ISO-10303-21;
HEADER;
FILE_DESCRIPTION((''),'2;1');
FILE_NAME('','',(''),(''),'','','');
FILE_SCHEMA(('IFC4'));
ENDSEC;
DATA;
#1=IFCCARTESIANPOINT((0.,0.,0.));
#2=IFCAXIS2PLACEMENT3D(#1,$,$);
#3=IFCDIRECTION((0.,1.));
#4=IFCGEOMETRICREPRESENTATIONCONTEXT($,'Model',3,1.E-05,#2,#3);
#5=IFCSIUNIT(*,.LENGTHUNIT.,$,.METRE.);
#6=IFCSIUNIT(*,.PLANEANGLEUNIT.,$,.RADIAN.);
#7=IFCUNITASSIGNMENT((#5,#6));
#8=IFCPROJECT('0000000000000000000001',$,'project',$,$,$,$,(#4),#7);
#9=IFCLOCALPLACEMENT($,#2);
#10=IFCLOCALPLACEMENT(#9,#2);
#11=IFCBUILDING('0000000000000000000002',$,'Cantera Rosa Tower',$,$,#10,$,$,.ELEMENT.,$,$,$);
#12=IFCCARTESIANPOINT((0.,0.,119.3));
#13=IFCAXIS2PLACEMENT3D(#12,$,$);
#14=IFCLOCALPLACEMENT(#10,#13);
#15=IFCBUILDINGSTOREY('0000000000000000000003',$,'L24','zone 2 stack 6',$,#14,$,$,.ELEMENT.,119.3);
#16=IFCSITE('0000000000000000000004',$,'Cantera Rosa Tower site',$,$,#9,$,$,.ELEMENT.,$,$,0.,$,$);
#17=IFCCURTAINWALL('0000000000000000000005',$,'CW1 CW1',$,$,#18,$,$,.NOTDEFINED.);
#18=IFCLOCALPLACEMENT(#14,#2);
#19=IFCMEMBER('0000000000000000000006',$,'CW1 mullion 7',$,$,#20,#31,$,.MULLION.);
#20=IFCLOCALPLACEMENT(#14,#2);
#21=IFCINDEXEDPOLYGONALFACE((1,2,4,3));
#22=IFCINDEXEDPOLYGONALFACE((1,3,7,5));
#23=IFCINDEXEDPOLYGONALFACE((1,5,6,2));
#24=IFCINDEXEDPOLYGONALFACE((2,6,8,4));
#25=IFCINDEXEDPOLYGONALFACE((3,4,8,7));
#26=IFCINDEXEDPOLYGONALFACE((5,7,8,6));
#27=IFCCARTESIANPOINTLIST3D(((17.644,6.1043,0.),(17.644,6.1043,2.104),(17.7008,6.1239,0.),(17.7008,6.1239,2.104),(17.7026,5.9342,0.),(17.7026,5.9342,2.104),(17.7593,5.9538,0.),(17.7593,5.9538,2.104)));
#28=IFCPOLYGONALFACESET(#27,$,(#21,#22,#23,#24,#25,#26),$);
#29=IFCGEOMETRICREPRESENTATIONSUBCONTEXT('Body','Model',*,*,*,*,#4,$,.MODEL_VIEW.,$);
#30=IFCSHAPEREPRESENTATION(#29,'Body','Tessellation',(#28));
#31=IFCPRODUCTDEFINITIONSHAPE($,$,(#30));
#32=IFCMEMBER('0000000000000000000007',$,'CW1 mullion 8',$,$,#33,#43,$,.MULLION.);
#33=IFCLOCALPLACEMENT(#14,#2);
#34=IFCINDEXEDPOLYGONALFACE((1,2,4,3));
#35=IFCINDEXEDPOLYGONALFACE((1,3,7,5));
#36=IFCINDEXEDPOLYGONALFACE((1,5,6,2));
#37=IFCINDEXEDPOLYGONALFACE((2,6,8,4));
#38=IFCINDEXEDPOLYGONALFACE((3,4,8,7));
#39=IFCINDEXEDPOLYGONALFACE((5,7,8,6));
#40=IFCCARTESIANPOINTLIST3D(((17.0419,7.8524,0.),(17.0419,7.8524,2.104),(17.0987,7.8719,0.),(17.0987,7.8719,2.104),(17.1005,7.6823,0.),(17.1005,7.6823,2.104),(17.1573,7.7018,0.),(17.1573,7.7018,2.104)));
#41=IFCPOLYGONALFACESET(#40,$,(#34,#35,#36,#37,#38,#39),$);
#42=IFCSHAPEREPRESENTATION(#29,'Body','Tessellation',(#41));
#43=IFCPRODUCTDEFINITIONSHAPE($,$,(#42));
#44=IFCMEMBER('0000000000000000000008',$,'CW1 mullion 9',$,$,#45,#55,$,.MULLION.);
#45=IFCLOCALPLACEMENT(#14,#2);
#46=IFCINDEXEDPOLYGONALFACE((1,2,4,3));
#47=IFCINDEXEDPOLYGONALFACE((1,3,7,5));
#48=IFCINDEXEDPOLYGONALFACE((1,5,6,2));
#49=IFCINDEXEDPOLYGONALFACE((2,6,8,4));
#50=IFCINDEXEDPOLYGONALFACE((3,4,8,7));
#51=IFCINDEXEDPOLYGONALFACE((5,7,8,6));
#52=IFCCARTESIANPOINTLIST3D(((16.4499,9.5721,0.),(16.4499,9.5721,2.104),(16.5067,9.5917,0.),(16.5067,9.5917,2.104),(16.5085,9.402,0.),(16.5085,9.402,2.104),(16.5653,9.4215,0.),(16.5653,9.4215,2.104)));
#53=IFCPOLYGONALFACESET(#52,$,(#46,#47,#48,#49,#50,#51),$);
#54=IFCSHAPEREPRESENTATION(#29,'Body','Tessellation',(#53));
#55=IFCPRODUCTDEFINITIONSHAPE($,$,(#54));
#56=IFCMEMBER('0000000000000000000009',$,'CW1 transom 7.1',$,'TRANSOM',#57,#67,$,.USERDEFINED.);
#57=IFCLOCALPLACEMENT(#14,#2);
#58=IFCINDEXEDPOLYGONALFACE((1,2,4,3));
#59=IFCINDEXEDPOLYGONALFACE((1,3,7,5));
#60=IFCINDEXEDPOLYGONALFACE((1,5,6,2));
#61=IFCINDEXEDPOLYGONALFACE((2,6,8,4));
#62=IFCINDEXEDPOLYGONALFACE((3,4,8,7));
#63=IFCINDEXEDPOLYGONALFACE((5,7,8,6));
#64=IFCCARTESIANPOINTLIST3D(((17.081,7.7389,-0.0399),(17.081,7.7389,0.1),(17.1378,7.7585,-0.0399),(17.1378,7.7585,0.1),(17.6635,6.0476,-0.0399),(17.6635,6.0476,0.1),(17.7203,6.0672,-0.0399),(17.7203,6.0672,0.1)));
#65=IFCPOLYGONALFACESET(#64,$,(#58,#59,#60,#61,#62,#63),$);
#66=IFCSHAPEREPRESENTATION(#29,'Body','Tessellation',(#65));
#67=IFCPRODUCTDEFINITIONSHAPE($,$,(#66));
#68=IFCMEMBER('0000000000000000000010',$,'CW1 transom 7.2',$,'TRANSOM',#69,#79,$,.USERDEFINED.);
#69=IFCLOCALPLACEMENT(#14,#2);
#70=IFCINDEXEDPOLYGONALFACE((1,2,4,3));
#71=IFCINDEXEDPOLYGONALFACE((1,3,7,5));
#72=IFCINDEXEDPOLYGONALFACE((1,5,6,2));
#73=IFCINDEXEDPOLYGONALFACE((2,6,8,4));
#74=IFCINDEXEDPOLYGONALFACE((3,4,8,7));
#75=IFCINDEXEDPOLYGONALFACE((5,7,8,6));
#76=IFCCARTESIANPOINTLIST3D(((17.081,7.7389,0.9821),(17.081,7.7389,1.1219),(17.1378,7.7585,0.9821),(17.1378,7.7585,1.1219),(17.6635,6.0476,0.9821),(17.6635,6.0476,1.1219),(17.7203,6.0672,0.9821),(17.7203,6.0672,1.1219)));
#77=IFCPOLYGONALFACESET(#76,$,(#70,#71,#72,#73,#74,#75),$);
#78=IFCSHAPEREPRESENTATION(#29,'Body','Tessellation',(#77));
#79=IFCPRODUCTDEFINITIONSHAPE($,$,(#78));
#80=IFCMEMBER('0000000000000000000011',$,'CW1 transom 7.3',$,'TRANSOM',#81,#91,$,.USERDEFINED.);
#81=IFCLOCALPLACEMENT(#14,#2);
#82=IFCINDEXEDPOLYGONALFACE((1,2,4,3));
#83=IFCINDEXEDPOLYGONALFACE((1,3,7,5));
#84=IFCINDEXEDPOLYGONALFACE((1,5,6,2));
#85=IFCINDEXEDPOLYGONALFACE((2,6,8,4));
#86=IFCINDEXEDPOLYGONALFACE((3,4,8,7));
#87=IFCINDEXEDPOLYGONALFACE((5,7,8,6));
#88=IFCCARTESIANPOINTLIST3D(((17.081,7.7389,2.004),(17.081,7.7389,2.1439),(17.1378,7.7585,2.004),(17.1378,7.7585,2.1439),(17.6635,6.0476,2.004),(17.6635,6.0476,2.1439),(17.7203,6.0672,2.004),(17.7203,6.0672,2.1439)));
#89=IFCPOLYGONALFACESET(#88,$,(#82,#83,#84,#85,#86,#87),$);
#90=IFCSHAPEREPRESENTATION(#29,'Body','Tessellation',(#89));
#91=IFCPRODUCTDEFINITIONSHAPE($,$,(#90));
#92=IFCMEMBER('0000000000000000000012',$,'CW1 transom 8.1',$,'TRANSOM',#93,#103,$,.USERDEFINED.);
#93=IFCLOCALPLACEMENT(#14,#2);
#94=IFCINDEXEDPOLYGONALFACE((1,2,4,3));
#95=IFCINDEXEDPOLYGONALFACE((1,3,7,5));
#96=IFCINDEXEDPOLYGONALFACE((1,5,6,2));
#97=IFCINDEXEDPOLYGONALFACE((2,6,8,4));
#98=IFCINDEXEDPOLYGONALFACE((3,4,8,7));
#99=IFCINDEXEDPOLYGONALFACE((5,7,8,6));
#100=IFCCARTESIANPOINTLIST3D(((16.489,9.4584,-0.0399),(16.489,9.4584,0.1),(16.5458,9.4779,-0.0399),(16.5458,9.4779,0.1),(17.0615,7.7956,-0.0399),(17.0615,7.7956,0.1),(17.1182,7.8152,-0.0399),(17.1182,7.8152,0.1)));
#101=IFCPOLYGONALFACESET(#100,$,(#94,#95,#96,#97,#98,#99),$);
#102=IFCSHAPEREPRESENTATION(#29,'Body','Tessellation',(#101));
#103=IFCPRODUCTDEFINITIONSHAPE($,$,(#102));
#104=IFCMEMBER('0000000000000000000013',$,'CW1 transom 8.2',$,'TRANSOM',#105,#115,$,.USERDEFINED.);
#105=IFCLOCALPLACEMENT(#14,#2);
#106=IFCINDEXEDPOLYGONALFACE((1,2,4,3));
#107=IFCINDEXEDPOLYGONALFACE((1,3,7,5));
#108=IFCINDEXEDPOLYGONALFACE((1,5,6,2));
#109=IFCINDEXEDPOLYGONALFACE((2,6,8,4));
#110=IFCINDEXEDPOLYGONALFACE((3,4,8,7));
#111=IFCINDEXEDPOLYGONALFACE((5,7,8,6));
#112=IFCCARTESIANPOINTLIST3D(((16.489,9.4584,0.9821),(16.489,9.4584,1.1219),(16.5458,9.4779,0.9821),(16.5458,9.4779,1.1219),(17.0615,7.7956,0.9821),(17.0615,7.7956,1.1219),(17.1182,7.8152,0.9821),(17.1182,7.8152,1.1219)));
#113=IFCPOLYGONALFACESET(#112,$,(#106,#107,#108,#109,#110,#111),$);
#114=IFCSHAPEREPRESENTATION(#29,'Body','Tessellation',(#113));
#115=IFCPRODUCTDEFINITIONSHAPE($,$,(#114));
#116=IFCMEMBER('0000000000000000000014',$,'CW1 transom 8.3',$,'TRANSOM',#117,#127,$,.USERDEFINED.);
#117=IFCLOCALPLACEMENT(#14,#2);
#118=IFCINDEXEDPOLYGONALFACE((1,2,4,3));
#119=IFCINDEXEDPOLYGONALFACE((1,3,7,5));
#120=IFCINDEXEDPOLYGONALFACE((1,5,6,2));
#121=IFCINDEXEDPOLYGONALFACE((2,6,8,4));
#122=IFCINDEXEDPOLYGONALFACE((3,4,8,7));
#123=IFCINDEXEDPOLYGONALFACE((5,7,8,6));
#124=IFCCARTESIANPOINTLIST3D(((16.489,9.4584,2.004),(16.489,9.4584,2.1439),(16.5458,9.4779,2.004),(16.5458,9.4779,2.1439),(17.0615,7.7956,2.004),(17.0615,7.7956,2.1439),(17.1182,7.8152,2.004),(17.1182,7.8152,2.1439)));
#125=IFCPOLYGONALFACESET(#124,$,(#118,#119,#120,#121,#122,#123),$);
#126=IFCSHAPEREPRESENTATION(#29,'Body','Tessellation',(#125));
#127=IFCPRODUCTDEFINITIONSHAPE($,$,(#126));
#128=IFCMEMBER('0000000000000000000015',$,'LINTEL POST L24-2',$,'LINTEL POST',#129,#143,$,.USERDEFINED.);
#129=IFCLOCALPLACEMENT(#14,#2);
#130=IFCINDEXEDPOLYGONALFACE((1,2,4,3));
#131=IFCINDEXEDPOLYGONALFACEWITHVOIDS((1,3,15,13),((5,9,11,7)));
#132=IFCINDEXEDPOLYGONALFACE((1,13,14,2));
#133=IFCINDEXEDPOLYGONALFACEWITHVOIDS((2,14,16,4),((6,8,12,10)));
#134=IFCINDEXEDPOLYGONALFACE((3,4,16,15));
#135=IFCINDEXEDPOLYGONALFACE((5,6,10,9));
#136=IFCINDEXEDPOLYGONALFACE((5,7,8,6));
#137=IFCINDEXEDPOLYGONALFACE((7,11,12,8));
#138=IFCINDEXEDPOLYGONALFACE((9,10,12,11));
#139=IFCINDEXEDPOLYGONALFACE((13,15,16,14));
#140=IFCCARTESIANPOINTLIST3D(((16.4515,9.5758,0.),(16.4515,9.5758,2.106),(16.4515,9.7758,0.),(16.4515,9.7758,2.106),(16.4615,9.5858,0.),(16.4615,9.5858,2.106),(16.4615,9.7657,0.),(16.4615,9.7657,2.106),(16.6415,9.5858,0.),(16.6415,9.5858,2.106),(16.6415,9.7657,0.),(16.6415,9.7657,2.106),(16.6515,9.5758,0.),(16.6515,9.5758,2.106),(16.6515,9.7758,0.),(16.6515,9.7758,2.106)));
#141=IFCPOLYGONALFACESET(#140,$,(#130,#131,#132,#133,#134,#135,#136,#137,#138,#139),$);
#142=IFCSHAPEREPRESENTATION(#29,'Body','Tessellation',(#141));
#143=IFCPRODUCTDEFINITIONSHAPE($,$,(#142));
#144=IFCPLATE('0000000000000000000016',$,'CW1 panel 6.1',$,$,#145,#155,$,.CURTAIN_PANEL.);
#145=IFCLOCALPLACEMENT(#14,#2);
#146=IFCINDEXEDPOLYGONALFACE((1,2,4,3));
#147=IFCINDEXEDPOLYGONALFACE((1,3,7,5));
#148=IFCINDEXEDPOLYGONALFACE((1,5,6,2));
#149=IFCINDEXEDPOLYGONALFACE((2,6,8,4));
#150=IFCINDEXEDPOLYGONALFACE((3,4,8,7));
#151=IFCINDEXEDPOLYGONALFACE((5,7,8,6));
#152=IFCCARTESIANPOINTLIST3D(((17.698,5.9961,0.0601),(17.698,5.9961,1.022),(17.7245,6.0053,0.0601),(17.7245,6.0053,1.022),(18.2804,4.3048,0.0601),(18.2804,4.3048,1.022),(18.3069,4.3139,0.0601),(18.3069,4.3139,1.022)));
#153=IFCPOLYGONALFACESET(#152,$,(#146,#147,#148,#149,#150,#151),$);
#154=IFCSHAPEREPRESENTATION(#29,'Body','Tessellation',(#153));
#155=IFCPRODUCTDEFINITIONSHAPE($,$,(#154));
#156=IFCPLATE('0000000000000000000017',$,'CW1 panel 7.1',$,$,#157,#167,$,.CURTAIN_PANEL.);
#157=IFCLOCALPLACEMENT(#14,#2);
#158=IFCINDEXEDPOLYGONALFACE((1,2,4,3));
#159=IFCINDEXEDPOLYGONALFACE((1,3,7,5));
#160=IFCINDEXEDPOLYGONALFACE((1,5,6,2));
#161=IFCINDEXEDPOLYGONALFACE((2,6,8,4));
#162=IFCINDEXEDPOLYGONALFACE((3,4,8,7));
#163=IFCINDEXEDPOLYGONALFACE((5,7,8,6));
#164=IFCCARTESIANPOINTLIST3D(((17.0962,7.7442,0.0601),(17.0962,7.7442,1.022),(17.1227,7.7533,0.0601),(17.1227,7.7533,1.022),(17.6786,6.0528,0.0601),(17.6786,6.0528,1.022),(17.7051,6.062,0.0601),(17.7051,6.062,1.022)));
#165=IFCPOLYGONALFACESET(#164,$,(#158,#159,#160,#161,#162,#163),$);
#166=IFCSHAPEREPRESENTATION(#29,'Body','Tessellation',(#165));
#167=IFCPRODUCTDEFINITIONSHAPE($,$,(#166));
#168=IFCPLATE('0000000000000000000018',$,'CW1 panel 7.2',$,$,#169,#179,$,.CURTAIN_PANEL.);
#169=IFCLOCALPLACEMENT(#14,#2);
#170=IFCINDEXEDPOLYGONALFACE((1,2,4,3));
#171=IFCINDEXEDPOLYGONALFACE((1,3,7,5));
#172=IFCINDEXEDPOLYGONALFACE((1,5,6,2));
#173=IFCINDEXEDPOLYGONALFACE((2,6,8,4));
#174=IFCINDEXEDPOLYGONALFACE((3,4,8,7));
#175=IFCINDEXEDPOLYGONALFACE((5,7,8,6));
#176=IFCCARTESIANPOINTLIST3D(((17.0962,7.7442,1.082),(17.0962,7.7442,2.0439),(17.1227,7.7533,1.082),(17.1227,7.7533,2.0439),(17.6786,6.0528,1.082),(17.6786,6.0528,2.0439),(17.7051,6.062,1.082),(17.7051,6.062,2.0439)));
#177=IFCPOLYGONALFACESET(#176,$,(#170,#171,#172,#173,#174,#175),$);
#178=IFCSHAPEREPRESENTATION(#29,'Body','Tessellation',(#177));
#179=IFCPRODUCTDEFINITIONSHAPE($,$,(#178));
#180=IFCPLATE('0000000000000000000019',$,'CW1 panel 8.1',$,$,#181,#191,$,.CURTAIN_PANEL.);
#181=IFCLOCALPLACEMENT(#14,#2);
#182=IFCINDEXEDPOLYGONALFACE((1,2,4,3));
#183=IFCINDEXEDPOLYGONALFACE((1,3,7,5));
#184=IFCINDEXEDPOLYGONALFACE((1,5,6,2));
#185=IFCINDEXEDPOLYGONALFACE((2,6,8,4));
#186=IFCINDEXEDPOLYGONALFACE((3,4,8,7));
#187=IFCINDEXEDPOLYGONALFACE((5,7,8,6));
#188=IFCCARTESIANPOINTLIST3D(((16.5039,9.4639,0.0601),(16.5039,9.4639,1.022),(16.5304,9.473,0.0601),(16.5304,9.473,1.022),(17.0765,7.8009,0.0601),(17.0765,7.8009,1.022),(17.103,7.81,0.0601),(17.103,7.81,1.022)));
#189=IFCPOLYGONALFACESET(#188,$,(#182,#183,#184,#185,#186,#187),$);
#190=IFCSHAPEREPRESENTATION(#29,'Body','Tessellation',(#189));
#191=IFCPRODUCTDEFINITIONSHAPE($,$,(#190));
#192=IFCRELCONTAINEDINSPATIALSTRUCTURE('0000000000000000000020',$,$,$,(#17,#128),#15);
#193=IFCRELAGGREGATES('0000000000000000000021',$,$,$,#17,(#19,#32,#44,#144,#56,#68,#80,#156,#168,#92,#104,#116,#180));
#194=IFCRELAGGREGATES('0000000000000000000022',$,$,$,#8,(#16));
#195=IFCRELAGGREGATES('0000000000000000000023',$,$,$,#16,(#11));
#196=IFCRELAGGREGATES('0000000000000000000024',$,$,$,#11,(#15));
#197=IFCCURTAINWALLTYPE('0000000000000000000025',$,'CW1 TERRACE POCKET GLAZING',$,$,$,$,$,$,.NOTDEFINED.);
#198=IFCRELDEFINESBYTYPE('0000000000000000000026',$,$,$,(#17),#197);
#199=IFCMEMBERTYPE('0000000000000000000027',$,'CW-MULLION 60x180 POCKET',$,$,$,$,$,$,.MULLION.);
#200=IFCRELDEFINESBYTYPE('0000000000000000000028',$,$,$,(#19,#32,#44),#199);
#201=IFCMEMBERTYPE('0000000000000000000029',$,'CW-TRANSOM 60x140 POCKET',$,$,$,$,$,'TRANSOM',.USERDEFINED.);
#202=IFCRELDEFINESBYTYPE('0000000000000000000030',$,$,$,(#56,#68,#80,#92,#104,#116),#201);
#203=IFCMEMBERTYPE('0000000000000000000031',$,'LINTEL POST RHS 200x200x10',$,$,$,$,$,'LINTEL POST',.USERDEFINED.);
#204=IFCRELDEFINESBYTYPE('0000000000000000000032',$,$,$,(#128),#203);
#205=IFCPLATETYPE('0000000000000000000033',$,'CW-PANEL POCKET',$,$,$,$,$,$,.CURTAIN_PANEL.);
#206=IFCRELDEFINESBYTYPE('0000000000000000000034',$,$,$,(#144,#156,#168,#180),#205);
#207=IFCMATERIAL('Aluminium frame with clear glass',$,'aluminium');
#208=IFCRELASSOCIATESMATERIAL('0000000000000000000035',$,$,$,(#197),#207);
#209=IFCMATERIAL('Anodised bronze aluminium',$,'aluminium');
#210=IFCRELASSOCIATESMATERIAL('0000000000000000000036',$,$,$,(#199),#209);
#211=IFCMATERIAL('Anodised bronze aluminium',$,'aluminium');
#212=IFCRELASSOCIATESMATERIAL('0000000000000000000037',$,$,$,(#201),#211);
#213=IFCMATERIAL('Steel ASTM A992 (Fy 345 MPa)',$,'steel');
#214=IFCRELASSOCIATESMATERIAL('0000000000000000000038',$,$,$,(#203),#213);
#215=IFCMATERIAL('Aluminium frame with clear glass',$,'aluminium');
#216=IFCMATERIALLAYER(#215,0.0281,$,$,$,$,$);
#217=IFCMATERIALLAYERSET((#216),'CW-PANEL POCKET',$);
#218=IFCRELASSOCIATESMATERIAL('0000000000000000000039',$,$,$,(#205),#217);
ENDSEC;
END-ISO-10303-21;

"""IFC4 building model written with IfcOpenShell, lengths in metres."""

from ifc_helpers import new_model, si_unit, direction, frame, origin, origin_2d, place, context, subcontext, project, spatial, rectangle, hollow_rectangle, extrude, material, layer, layer_set, material_profile, profile_set, type_object, element, aggregate, save


model = new_model("IFC4")

# Units and contexts
model_context = context("Model", 3, precision=1e-05, world=origin(), true_north=direction((0.0, 1.0)))
body_context = subcontext(model_context, "Body", "Model", "MODEL_VIEW")
ifc_project = project(units=[si_unit("LENGTHUNIT", "METRE"), si_unit("PLANEANGLEUNIT", "RADIAN")], contexts=[model_context])

# Site, building, storey
site_placement = place(None, origin())
site = spatial("IfcSite", under=ifc_project, at=site_placement, Name="Cantera Rosa Tower site", CompositionType="ELEMENT", RefElevation=0.0)
building_placement = place(site_placement, origin())
building = spatial("IfcBuilding", under=site, at=building_placement, Name="Cantera Rosa Tower", CompositionType="ELEMENT")
storey_placement = place(building_placement, frame((0.0, 0.0, 119.3)))
storey = spatial("IfcBuildingStorey", under=building, at=storey_placement, Name="L24", Description="zone 2 stack 6", CompositionType="ELEMENT", Elevation=119.3)

# Curtain wall, members
ifc_material_1 = material(Name="Aluminium frame with clear glass", Category="aluminium")
curtain_wall_type = type_object("IfcCurtainWallType", Name="CW1 TERRACE POCKET GLAZING", PredefinedType="NOTDEFINED", material=ifc_material_1)
curtain_wall_placement = place(storey_placement, origin())
curtain_wall = element("IfcCurtainWall", 1, at=curtain_wall_placement, inside=storey, type_object=curtain_wall_type, Name="CW1 CW1", PredefinedType="NOTDEFINED")
ifc_material_2 = material(Name="Anodised bronze aluminium", Category="aluminium")
ifc_material_profile_1 = material_profile(ifc_material_2, rectangle(XDim=0.0601, YDim=0.1799, at=origin_2d()), Name="CW-MULLION 60x180 POCKET")
ifc_profile_set_1 = profile_set([ifc_material_profile_1], Name="Anodised bronze aluminium")
member_type_1 = type_object("IfcMemberType", Name="CW-MULLION 60x180 POCKET", PredefinedType="MULLION", material=ifc_profile_set_1)
member_1_placement = place(storey_placement, frame((17.7017, 6.0291, 0.0), z_axis=(0.0, 0.0, 1.0), x_axis=(-0.945519, -0.325568, 0.0)))
member_1 = element("IfcMember", 2, at=member_1_placement, type_object=member_type_1, Name="CW1 mullion 7", PredefinedType="MULLION", context=body_context, shape_type="SweptSolid", body=[
    extrude(rectangle(XDim=0.0601, YDim=0.1799, at=origin_2d()), origin(), (0.0, 0.0, 1.0), 2.104),
])
member_2_placement = place(storey_placement, frame((17.0996, 7.7771, 0.0), z_axis=(0.0, 0.0, 1.0), x_axis=(-0.945519, -0.325568, 0.0)))
member_2 = element("IfcMember", 3, at=member_2_placement, type_object=member_type_1, Name="CW1 mullion 8", PredefinedType="MULLION", context=body_context, shape_type="SweptSolid", body=[
    extrude(rectangle(XDim=0.0601, YDim=0.1799, at=origin_2d()), origin(), (0.0, 0.0, 1.0), 2.104),
])
member_3_placement = place(storey_placement, frame((16.5076, 9.4968, 0.0), z_axis=(0.0, 0.0, 1.0), x_axis=(-0.945519, -0.325568, 0.0)))
member_3 = element("IfcMember", 4, at=member_3_placement, type_object=member_type_1, Name="CW1 mullion 9", PredefinedType="MULLION", context=body_context, shape_type="SweptSolid", body=[
    extrude(rectangle(XDim=0.0601, YDim=0.1799, at=origin_2d()), origin(), (0.0, 0.0, 1.0), 2.104),
])
ifc_material_3 = material(Name="Anodised bronze aluminium", Category="aluminium")
ifc_material_profile_2 = material_profile(ifc_material_3, rectangle(XDim=0.0601, YDim=0.1399, at=origin_2d()), Name="CW-TRANSOM 60x140 POCKET")
ifc_profile_set_2 = profile_set([ifc_material_profile_2], Name="Anodised bronze aluminium")
member_type_2 = type_object("IfcMemberType", Name="CW-TRANSOM 60x140 POCKET", ElementType="TRANSOM", PredefinedType="USERDEFINED", material=ifc_profile_set_2)
member_4_placement = place(storey_placement, frame((17.6919, 6.0574, 0.03), z_axis=(-0.325629, 0.945498, 0.0), x_axis=(-0.945498, -0.325629, 0.0)))
member_4 = element("IfcMember", 5, at=member_4_placement, type_object=member_type_2, Name="CW1 transom 7.1", ObjectType="TRANSOM", PredefinedType="USERDEFINED", context=body_context, shape_type="SweptSolid", body=[
    extrude(rectangle(XDim=0.0601, YDim=0.1399, at=origin_2d()), origin(), (0.0, 0.0, 1.0), 1.7888),
])
member_5_placement = place(storey_placement, frame((17.6919, 6.0574, 1.052), z_axis=(-0.325629, 0.945498, 0.0), x_axis=(-0.945498, -0.325629, 0.0)))
member_5 = element("IfcMember", 6, at=member_5_placement, type_object=member_type_2, Name="CW1 transom 7.2", ObjectType="TRANSOM", PredefinedType="USERDEFINED", context=body_context, shape_type="SweptSolid", body=[
    extrude(rectangle(XDim=0.0601, YDim=0.1399, at=origin_2d()), origin(), (0.0, 0.0, 1.0), 1.7888),
])
member_6_placement = place(storey_placement, frame((17.6919, 6.0574, 2.074), z_axis=(-0.325629, 0.945498, 0.0), x_axis=(-0.945498, -0.325629, 0.0)))
member_6 = element("IfcMember", 7, at=member_6_placement, type_object=member_type_2, Name="CW1 transom 7.3", ObjectType="TRANSOM", PredefinedType="USERDEFINED", context=body_context, shape_type="SweptSolid", body=[
    extrude(rectangle(XDim=0.0601, YDim=0.1399, at=origin_2d()), origin(), (0.0, 0.0, 1.0), 1.7888),
])
member_7_placement = place(storey_placement, frame((17.0898, 7.8054, 0.03), z_axis=(-0.325541, 0.945528, 0.0), x_axis=(-0.945528, -0.325541, 0.0)))
member_7 = element("IfcMember", 8, at=member_7_placement, type_object=member_type_2, Name="CW1 transom 8.1", ObjectType="TRANSOM", PredefinedType="USERDEFINED", context=body_context, shape_type="SweptSolid", body=[
    extrude(rectangle(XDim=0.0601, YDim=0.1399, at=origin_2d()), origin(), (0.0, 0.0, 1.0), 1.7585),
])
member_8_placement = place(storey_placement, frame((17.0898, 7.8054, 1.052), z_axis=(-0.325541, 0.945528, 0.0), x_axis=(-0.945528, -0.325541, 0.0)))
member_8 = element("IfcMember", 9, at=member_8_placement, type_object=member_type_2, Name="CW1 transom 8.2", ObjectType="TRANSOM", PredefinedType="USERDEFINED", context=body_context, shape_type="SweptSolid", body=[
    extrude(rectangle(XDim=0.0601, YDim=0.1399, at=origin_2d()), origin(), (0.0, 0.0, 1.0), 1.7585),
])
member_9_placement = place(storey_placement, frame((17.0898, 7.8054, 2.074), z_axis=(-0.325541, 0.945528, 0.0), x_axis=(-0.945528, -0.325541, 0.0)))
member_9 = element("IfcMember", 10, at=member_9_placement, type_object=member_type_2, Name="CW1 transom 8.3", ObjectType="TRANSOM", PredefinedType="USERDEFINED", context=body_context, shape_type="SweptSolid", body=[
    extrude(rectangle(XDim=0.0601, YDim=0.1399, at=origin_2d()), origin(), (0.0, 0.0, 1.0), 1.7585),
])

# Member
ifc_material_4 = material(Name="Steel ASTM A992 (Fy 345 MPa)", Category="steel")
ifc_material_profile_3 = material_profile(ifc_material_4, hollow_rectangle(XDim=0.2, YDim=0.2, WallThickness=0.01, at=origin_2d()), Name="LINTEL POST RHS 200x200x10")
ifc_profile_set_3 = profile_set([ifc_material_profile_3], Name="Steel ASTM A992 (Fy 345 MPa)")
member_type_3 = type_object("IfcMemberType", Name="LINTEL POST RHS 200x200x10", ElementType="LINTEL POST", PredefinedType="USERDEFINED", material=ifc_profile_set_3)
member_10_placement = place(storey_placement, frame((16.5515, 9.6758, 0.0), z_axis=(0.0, 0.0, 1.0), x_axis=(1.0, 0.0, 0.0)))
element("IfcMember", 11, at=member_10_placement, inside=storey, type_object=member_type_3, Name="LINTEL POST L24-2", ObjectType="LINTEL POST", PredefinedType="USERDEFINED", context=body_context, shape_type="SweptSolid", body=[
    extrude(hollow_rectangle(XDim=0.2, YDim=0.2, WallThickness=0.01, at=origin_2d()), origin(), (0.0, 0.0, 1.0), 2.106),
])

# Plates
ifc_material_5 = material(Name="Aluminium frame with clear glass", Category="aluminium")
ifc_layer_1 = layer(ifc_material_5, 0.0281)
ifc_layer_set_1 = layer_set([ifc_layer_1], Name="CW-PANEL POCKET")
plate_type = type_object("IfcPlateType", Name="CW-PANEL POCKET", PredefinedType="CURTAIN_PANEL", material=ifc_layer_set_1)
plate_1_placement = place(storey_placement, frame((18.0024, 5.155, 0.0601), z_axis=(0.0, 0.0, 1.0), x_axis=(-0.325568, 0.945519, 0.0)))
plate_1 = element("IfcPlate", 12, at=plate_1_placement, type_object=plate_type, Name="CW1 panel 6.1", PredefinedType="CURTAIN_PANEL", context=body_context, shape_type="SweptSolid", body=[
    extrude(rectangle(XDim=1.7888, YDim=0.0281, at=origin_2d()), origin(), (0.0, 0.0, 1.0), 0.9619),
])
plate_2_placement = place(storey_placement, frame((17.4006, 6.9031, 0.0601), z_axis=(0.0, 0.0, 1.0), x_axis=(-0.325568, 0.945519, 0.0)))
plate_2 = element("IfcPlate", 13, at=plate_2_placement, type_object=plate_type, Name="CW1 panel 7.1", PredefinedType="CURTAIN_PANEL", context=body_context, shape_type="SweptSolid", body=[
    extrude(rectangle(XDim=1.7888, YDim=0.0281, at=origin_2d()), origin(), (0.0, 0.0, 1.0), 0.9619),
])
plate_3_placement = place(storey_placement, frame((17.4006, 6.9031, 1.082), z_axis=(0.0, 0.0, 1.0), x_axis=(-0.325568, 0.945519, 0.0)))
plate_3 = element("IfcPlate", 14, at=plate_3_placement, type_object=plate_type, Name="CW1 panel 7.2", PredefinedType="CURTAIN_PANEL", context=body_context, shape_type="SweptSolid", body=[
    extrude(rectangle(XDim=1.7888, YDim=0.0281, at=origin_2d()), origin(), (0.0, 0.0, 1.0), 0.9619),
])
plate_4_placement = place(storey_placement, frame((16.8035, 8.637, 0.0601), z_axis=(0.0, 0.0, 1.0), x_axis=(-0.325568, 0.945519, 0.0)))
plate_4 = element("IfcPlate", 15, at=plate_4_placement, type_object=plate_type, Name="CW1 panel 8.1", PredefinedType="CURTAIN_PANEL", context=body_context, shape_type="SweptSolid", body=[
    extrude(rectangle(XDim=1.7588, YDim=0.0281, at=origin_2d()), origin(), (0.0, 0.0, 1.0), 0.9619),
])
aggregate(curtain_wall, [member_1, member_2, member_3, plate_1, member_4, member_5, member_6, plate_2, plate_3, member_7, member_8, member_9, plate_4])

save(model, "model.ifc")
